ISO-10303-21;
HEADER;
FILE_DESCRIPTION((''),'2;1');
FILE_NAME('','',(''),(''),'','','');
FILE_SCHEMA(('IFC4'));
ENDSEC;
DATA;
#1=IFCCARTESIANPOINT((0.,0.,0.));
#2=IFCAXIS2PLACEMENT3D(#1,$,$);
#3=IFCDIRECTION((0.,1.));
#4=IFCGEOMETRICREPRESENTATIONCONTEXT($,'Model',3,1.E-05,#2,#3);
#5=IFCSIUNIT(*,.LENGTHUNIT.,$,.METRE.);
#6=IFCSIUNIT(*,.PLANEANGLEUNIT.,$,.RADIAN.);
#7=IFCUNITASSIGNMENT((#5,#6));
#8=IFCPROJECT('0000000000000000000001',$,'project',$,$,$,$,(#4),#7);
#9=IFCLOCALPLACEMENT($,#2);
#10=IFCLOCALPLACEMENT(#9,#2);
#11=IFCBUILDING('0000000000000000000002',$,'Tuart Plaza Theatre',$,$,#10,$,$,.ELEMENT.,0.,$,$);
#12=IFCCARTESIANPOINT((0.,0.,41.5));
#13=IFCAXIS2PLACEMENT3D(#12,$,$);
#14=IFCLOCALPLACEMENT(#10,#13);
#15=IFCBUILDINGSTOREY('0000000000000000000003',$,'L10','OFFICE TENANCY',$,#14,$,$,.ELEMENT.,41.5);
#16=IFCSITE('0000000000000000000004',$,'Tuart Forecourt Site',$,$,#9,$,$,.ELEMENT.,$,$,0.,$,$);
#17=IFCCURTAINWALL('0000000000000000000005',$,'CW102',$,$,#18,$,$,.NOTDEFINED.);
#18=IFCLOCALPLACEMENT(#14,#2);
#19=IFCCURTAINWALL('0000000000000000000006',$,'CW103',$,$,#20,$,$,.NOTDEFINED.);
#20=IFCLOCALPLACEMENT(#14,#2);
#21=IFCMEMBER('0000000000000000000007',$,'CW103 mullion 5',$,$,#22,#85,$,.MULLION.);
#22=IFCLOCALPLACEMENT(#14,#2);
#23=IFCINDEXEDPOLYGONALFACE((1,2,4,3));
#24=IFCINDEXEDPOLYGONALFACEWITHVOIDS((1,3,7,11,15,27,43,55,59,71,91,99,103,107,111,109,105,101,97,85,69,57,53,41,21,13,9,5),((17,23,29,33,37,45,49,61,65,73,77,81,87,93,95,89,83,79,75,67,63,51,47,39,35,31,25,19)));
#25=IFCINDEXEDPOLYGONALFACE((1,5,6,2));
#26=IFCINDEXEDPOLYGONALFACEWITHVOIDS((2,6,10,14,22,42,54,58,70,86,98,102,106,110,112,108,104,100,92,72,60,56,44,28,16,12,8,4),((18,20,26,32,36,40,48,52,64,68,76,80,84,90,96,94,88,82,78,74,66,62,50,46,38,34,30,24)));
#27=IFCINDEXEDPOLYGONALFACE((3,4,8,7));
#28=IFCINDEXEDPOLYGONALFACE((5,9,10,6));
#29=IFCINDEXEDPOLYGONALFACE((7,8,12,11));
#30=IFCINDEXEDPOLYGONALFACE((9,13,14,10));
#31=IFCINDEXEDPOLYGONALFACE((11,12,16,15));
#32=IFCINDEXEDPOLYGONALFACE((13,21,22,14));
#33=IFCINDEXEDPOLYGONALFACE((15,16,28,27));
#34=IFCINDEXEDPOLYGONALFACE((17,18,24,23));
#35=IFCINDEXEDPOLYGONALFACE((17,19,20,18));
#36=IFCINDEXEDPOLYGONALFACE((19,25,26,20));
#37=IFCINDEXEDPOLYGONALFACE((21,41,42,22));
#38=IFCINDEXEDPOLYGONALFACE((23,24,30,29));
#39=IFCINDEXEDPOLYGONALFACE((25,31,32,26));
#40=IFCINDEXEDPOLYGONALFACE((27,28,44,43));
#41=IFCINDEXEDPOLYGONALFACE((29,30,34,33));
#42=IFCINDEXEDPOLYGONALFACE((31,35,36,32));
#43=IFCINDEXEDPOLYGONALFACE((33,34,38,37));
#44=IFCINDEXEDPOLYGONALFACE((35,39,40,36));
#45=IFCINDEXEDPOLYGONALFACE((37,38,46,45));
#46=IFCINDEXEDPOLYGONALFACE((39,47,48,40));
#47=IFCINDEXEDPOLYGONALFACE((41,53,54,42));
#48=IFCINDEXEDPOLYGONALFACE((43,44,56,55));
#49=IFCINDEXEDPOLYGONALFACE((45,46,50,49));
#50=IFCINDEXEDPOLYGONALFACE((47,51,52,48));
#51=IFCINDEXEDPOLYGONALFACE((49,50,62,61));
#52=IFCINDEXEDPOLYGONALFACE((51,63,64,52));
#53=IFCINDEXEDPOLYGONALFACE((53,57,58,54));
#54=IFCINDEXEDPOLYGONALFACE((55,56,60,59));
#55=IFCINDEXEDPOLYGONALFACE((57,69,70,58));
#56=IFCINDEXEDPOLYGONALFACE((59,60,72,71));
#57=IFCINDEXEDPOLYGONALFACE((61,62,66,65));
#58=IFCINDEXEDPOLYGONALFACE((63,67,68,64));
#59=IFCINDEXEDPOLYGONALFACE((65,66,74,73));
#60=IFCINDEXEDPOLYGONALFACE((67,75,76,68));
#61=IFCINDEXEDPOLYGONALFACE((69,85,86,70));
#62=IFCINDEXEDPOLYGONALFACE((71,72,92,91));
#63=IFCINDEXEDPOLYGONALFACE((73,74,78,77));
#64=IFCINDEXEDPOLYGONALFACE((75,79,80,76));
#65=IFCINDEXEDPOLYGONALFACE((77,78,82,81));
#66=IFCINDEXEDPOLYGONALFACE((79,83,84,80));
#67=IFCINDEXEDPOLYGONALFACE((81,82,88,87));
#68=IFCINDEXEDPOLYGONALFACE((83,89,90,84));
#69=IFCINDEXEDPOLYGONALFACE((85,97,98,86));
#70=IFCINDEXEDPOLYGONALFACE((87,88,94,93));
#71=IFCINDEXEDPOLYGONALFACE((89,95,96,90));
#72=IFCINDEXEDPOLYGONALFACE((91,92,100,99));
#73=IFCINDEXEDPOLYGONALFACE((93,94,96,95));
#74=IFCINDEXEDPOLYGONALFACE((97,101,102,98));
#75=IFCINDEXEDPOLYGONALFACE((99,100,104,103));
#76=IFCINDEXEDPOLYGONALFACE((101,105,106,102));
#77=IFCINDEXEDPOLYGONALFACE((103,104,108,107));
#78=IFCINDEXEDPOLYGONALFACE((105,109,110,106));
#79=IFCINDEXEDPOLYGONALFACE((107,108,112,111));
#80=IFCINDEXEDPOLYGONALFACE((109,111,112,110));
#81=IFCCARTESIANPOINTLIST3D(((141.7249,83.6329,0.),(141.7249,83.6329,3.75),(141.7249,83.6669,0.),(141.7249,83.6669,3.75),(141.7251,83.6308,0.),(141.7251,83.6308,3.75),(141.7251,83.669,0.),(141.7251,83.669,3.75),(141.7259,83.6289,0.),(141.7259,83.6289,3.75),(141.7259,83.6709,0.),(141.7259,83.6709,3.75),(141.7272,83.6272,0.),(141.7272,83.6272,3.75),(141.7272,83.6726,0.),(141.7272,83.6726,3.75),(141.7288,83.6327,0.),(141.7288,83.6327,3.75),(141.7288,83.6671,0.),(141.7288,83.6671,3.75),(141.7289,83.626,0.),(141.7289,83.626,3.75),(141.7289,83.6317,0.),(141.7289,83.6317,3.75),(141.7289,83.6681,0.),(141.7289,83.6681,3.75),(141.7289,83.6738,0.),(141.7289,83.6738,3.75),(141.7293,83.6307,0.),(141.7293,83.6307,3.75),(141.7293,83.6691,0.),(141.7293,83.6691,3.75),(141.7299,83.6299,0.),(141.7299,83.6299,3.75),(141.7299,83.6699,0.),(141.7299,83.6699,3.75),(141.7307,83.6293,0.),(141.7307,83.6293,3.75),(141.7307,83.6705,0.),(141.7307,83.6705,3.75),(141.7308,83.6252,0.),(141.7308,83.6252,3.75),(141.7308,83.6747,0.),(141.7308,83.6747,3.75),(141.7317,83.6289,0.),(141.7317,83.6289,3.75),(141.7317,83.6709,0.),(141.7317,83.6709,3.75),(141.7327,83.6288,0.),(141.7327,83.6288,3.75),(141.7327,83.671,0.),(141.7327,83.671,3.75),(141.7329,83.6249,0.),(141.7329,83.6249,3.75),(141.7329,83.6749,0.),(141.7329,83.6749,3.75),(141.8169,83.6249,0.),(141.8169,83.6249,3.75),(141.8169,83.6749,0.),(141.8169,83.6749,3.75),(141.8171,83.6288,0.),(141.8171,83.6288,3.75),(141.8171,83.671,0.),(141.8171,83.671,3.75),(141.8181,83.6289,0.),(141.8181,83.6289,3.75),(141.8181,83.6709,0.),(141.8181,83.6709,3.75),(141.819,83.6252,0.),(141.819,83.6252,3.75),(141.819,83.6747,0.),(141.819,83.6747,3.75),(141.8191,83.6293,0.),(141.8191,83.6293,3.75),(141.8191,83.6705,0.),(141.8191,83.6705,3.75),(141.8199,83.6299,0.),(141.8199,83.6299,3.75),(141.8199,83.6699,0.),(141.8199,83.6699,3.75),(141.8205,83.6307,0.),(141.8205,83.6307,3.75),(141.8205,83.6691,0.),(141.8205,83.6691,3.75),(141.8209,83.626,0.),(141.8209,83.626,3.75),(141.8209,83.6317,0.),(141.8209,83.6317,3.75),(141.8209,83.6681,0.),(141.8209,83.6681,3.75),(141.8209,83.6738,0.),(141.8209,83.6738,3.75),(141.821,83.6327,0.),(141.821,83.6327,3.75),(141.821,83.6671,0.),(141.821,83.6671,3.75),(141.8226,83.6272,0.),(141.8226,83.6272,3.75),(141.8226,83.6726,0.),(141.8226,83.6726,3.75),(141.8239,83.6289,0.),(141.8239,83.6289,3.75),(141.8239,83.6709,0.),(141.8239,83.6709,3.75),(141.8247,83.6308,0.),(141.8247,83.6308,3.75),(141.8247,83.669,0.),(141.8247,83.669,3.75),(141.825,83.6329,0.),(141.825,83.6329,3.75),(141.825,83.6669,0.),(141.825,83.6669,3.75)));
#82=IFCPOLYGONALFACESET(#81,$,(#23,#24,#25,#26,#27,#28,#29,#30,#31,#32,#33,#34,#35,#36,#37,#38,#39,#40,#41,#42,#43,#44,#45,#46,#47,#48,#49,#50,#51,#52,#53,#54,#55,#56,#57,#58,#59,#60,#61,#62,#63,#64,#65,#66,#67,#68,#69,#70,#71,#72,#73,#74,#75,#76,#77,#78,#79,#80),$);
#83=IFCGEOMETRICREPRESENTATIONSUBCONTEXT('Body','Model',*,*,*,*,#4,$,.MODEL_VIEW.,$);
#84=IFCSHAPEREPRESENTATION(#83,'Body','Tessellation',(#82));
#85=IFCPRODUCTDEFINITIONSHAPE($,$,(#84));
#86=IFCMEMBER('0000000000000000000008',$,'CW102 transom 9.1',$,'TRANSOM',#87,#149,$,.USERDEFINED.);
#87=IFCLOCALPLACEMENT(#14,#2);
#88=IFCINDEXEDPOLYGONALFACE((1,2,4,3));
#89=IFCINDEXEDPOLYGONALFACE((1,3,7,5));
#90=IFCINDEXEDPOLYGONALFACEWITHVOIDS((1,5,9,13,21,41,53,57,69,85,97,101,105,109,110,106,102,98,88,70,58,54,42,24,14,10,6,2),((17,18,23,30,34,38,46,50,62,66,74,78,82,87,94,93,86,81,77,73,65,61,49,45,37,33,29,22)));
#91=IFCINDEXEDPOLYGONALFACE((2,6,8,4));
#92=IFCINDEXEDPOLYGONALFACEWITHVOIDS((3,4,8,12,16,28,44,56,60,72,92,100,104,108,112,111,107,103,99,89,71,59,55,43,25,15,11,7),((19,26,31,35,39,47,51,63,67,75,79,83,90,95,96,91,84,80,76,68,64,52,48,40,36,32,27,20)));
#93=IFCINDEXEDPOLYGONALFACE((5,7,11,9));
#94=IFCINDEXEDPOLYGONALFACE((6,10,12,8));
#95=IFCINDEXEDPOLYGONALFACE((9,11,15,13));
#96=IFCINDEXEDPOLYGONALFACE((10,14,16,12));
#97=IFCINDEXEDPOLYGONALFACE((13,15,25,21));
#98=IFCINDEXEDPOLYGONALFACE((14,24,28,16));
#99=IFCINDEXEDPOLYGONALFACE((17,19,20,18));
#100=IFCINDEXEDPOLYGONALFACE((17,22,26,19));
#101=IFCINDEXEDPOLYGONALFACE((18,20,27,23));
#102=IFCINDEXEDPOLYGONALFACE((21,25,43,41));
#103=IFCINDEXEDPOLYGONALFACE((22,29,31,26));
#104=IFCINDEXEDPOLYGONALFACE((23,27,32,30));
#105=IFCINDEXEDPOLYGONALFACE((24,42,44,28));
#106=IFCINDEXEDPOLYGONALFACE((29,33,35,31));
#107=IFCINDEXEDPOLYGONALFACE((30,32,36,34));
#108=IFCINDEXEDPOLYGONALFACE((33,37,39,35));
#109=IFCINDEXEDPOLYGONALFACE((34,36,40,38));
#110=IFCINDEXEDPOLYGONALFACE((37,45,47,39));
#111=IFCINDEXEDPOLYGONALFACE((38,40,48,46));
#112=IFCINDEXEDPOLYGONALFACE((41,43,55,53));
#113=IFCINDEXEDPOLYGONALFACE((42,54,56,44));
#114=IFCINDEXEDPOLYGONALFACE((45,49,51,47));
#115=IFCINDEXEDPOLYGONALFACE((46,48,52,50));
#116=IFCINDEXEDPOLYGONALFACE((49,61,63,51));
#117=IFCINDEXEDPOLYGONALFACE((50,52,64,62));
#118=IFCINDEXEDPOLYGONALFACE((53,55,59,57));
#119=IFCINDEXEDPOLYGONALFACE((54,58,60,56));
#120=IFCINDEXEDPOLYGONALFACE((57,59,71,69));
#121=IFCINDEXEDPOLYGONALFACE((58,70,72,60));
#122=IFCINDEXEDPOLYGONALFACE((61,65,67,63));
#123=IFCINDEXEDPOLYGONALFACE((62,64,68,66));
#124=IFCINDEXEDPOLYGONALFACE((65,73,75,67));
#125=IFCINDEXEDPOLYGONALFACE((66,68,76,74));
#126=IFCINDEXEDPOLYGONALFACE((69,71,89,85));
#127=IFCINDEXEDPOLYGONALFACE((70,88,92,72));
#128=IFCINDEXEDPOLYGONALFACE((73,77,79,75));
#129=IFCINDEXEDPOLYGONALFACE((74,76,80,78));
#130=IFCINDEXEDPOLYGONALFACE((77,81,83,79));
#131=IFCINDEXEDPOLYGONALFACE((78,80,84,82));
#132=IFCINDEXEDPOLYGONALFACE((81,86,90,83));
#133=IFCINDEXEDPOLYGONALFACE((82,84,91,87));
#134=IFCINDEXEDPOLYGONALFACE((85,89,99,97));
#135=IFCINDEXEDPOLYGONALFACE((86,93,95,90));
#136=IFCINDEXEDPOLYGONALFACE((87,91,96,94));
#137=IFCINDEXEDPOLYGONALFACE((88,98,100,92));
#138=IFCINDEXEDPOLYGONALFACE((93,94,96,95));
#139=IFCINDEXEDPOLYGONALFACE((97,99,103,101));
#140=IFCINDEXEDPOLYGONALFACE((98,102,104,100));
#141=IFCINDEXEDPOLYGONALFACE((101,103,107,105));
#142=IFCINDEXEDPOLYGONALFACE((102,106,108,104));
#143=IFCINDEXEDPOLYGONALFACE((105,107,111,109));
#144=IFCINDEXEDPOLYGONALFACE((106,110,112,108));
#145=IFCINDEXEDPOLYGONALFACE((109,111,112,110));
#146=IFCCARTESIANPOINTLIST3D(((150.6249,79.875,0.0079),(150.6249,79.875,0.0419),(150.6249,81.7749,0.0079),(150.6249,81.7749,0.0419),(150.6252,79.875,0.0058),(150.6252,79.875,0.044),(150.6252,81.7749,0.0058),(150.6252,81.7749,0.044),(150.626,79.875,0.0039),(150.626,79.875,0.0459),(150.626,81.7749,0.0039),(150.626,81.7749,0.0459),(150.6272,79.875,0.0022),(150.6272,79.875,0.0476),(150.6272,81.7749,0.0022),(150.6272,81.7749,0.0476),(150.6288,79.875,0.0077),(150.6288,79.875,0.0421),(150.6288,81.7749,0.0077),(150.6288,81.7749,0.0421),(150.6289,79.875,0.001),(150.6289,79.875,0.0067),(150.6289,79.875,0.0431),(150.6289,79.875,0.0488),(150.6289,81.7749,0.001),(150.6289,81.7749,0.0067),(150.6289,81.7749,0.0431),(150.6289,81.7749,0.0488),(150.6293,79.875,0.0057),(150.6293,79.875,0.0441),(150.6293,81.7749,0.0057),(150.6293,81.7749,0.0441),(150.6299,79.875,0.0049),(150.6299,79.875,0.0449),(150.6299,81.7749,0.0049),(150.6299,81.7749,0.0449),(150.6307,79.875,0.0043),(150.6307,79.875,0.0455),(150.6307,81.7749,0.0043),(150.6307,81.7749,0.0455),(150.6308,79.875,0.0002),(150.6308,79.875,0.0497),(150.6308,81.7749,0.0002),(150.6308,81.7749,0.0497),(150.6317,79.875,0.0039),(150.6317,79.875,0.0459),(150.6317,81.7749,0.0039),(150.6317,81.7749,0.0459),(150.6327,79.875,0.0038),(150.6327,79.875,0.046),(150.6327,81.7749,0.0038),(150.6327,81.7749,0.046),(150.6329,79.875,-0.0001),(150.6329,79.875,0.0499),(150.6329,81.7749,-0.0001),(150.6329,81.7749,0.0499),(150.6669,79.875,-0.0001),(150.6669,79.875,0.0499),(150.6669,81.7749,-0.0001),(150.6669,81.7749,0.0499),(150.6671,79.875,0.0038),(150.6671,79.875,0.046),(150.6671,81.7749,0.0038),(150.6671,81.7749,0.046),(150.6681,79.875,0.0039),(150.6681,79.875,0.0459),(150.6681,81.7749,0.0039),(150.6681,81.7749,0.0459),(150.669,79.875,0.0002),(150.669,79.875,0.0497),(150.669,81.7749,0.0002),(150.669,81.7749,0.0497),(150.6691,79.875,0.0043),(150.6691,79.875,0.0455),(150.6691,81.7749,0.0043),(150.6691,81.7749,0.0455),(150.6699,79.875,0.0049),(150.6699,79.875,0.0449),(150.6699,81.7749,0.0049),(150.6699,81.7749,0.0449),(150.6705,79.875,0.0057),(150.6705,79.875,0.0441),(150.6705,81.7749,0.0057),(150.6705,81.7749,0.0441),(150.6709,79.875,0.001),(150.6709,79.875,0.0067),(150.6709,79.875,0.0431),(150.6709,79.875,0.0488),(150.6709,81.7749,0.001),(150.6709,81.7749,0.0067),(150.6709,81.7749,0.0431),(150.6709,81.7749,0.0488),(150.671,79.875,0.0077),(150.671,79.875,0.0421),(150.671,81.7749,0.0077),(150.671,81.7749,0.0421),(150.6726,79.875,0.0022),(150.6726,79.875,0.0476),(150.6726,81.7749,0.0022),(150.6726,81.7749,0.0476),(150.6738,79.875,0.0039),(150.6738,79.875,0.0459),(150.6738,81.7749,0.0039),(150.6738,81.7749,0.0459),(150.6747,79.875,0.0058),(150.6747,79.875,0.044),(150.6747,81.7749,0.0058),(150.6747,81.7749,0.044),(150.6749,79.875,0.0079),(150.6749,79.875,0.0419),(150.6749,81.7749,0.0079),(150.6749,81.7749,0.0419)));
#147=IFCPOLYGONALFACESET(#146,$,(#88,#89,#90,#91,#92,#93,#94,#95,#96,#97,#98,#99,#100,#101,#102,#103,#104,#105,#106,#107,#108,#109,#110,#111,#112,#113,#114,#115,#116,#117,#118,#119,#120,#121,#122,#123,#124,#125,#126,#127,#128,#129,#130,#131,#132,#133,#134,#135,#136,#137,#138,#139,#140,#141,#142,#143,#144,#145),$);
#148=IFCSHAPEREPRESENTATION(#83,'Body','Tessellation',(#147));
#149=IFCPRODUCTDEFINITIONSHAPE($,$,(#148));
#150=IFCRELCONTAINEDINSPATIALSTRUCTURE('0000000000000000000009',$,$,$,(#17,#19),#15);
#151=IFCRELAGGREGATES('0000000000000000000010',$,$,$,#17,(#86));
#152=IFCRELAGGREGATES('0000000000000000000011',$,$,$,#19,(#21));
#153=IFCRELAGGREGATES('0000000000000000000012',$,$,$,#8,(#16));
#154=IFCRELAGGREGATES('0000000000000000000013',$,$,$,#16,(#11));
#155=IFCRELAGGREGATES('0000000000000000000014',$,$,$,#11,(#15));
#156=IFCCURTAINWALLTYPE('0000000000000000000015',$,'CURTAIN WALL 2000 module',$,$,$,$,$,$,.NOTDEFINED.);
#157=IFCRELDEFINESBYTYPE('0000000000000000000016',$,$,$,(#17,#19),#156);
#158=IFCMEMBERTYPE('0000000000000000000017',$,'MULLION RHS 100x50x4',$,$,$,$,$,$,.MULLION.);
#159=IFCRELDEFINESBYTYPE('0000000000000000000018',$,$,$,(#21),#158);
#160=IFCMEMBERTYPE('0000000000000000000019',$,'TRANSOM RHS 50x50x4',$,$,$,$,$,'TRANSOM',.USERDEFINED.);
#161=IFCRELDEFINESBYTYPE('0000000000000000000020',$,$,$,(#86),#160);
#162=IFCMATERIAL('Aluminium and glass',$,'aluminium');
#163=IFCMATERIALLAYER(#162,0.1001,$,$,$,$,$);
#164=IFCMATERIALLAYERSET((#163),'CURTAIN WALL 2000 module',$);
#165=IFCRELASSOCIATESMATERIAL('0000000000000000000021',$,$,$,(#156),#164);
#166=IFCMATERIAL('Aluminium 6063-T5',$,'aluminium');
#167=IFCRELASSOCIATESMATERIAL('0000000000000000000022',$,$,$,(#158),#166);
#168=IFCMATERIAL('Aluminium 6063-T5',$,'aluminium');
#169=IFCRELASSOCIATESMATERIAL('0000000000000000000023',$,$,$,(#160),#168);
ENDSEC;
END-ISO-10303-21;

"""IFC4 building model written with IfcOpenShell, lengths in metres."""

from ifc_helpers import new_model, si_unit, direction, frame, origin, origin_2d, place, context, subcontext, project, spatial, hollow_rectangle, extrude, material, layer, layer_set, material_profile, profile_set, type_object, element, aggregate, save


model = new_model("IFC4")

# Units and contexts
model_context = context("Model", 3, precision=1e-05, world=origin(), true_north=direction((0.0, 1.0)))
body_context = subcontext(model_context, "Body", "Model", "MODEL_VIEW")
ifc_project = project(units=[si_unit("LENGTHUNIT", "METRE"), si_unit("PLANEANGLEUNIT", "RADIAN")], contexts=[model_context])

# Site, building, storey
site_placement = place(None, origin())
site = spatial("IfcSite", under=ifc_project, at=site_placement, Name="Tuart Forecourt Site", CompositionType="ELEMENT", RefElevation=0.0)
building_placement = place(site_placement, origin())
building = spatial("IfcBuilding", under=site, at=building_placement, Name="Tuart Plaza Theatre", CompositionType="ELEMENT", ElevationOfRefHeight=0.0)
storey_placement = place(building_placement, frame((0.0, 0.0, 41.5)))
storey = spatial("IfcBuildingStorey", under=building, at=storey_placement, Name="L10", Description="OFFICE TENANCY", CompositionType="ELEMENT", Elevation=41.5)

# Curtain wall
ifc_material_1 = material(Name="Aluminium and glass", Category="aluminium")
ifc_layer_1 = layer(ifc_material_1, 0.1001)
ifc_layer_set_1 = layer_set([ifc_layer_1], Name="CURTAIN WALL 2000 module")
curtain_wall_type = type_object("IfcCurtainWallType", Name="CURTAIN WALL 2000 module", PredefinedType="NOTDEFINED", material=ifc_layer_set_1)
curtain_wall_1_placement = place(storey_placement, origin())
curtain_wall_1 = element("IfcCurtainWall", 1, at=curtain_wall_1_placement, inside=storey, type_object=curtain_wall_type, Name="CW102", PredefinedType="NOTDEFINED")
ifc_material_2 = material(Name="Aluminium 6063-T5", Category="aluminium")
ifc_material_profile_1 = material_profile(ifc_material_2, hollow_rectangle(XDim=0.05, YDim=0.1001, WallThickness=0.0039, InnerFilletRadius=0.0039, OuterFilletRadius=0.0081, at=origin_2d()), Name="RHS 100x50x4")
ifc_profile_set_1 = profile_set([ifc_material_profile_1], Name="Aluminium 6063-T5")
member_type_1 = type_object("IfcMemberType", Name="MULLION RHS 100x50x4", PredefinedType="MULLION", material=ifc_profile_set_1)

# Curtain wall, member
curtain_wall_2_placement = place(storey_placement, origin())
curtain_wall_2 = element("IfcCurtainWall", 2, at=curtain_wall_2_placement, inside=storey, type_object=curtain_wall_type, Name="CW103", PredefinedType="NOTDEFINED")
member_1_placement = place(storey_placement, frame((141.7749, 83.6499, 0.0), z_axis=(0.0, 0.0, 1.0), x_axis=(0.0, -1.0, 0.0)))
member_1 = element("IfcMember", 3, at=member_1_placement, type_object=member_type_1, Name="CW103 mullion 5", PredefinedType="MULLION", context=body_context, shape_type="SweptSolid", body=[
    extrude(hollow_rectangle(XDim=0.05, YDim=0.1001, WallThickness=0.0039, InnerFilletRadius=0.0039, OuterFilletRadius=0.0081, at=origin_2d()), origin(), (0.0, 0.0, 1.0), 3.75),
])

# Member
ifc_material_3 = material(Name="Aluminium 6063-T5", Category="aluminium")
ifc_material_profile_2 = material_profile(ifc_material_3, hollow_rectangle(XDim=0.05, YDim=0.05, WallThickness=0.0039, InnerFilletRadius=0.0039, OuterFilletRadius=0.0081, at=origin_2d()), Name="RHS 50x50x4")
ifc_profile_set_2 = profile_set([ifc_material_profile_2], Name="Aluminium 6063-T5")
member_type_2 = type_object("IfcMemberType", Name="TRANSOM RHS 50x50x4", ElementType="TRANSOM", PredefinedType="USERDEFINED", material=ifc_profile_set_2)
member_2_placement = place(storey_placement, frame((150.6499, 79.875, 0.0249), z_axis=(0.0, 1.0, 0.0), x_axis=(-1.0, 0.0, 0.0)))
member_2 = element("IfcMember", 4, at=member_2_placement, type_object=member_type_2, Name="CW102 transom 9.1", ObjectType="TRANSOM", PredefinedType="USERDEFINED", context=body_context, shape_type="SweptSolid", body=[
    extrude(hollow_rectangle(XDim=0.05, YDim=0.05, WallThickness=0.0039, InnerFilletRadius=0.0039, OuterFilletRadius=0.0081, at=origin_2d()), origin(), (0.0, 0.0, 1.0), 1.8999),
])

aggregate(curtain_wall_1, [member_2])
aggregate(curtain_wall_2, [member_1])

save(model, "model.ifc")
